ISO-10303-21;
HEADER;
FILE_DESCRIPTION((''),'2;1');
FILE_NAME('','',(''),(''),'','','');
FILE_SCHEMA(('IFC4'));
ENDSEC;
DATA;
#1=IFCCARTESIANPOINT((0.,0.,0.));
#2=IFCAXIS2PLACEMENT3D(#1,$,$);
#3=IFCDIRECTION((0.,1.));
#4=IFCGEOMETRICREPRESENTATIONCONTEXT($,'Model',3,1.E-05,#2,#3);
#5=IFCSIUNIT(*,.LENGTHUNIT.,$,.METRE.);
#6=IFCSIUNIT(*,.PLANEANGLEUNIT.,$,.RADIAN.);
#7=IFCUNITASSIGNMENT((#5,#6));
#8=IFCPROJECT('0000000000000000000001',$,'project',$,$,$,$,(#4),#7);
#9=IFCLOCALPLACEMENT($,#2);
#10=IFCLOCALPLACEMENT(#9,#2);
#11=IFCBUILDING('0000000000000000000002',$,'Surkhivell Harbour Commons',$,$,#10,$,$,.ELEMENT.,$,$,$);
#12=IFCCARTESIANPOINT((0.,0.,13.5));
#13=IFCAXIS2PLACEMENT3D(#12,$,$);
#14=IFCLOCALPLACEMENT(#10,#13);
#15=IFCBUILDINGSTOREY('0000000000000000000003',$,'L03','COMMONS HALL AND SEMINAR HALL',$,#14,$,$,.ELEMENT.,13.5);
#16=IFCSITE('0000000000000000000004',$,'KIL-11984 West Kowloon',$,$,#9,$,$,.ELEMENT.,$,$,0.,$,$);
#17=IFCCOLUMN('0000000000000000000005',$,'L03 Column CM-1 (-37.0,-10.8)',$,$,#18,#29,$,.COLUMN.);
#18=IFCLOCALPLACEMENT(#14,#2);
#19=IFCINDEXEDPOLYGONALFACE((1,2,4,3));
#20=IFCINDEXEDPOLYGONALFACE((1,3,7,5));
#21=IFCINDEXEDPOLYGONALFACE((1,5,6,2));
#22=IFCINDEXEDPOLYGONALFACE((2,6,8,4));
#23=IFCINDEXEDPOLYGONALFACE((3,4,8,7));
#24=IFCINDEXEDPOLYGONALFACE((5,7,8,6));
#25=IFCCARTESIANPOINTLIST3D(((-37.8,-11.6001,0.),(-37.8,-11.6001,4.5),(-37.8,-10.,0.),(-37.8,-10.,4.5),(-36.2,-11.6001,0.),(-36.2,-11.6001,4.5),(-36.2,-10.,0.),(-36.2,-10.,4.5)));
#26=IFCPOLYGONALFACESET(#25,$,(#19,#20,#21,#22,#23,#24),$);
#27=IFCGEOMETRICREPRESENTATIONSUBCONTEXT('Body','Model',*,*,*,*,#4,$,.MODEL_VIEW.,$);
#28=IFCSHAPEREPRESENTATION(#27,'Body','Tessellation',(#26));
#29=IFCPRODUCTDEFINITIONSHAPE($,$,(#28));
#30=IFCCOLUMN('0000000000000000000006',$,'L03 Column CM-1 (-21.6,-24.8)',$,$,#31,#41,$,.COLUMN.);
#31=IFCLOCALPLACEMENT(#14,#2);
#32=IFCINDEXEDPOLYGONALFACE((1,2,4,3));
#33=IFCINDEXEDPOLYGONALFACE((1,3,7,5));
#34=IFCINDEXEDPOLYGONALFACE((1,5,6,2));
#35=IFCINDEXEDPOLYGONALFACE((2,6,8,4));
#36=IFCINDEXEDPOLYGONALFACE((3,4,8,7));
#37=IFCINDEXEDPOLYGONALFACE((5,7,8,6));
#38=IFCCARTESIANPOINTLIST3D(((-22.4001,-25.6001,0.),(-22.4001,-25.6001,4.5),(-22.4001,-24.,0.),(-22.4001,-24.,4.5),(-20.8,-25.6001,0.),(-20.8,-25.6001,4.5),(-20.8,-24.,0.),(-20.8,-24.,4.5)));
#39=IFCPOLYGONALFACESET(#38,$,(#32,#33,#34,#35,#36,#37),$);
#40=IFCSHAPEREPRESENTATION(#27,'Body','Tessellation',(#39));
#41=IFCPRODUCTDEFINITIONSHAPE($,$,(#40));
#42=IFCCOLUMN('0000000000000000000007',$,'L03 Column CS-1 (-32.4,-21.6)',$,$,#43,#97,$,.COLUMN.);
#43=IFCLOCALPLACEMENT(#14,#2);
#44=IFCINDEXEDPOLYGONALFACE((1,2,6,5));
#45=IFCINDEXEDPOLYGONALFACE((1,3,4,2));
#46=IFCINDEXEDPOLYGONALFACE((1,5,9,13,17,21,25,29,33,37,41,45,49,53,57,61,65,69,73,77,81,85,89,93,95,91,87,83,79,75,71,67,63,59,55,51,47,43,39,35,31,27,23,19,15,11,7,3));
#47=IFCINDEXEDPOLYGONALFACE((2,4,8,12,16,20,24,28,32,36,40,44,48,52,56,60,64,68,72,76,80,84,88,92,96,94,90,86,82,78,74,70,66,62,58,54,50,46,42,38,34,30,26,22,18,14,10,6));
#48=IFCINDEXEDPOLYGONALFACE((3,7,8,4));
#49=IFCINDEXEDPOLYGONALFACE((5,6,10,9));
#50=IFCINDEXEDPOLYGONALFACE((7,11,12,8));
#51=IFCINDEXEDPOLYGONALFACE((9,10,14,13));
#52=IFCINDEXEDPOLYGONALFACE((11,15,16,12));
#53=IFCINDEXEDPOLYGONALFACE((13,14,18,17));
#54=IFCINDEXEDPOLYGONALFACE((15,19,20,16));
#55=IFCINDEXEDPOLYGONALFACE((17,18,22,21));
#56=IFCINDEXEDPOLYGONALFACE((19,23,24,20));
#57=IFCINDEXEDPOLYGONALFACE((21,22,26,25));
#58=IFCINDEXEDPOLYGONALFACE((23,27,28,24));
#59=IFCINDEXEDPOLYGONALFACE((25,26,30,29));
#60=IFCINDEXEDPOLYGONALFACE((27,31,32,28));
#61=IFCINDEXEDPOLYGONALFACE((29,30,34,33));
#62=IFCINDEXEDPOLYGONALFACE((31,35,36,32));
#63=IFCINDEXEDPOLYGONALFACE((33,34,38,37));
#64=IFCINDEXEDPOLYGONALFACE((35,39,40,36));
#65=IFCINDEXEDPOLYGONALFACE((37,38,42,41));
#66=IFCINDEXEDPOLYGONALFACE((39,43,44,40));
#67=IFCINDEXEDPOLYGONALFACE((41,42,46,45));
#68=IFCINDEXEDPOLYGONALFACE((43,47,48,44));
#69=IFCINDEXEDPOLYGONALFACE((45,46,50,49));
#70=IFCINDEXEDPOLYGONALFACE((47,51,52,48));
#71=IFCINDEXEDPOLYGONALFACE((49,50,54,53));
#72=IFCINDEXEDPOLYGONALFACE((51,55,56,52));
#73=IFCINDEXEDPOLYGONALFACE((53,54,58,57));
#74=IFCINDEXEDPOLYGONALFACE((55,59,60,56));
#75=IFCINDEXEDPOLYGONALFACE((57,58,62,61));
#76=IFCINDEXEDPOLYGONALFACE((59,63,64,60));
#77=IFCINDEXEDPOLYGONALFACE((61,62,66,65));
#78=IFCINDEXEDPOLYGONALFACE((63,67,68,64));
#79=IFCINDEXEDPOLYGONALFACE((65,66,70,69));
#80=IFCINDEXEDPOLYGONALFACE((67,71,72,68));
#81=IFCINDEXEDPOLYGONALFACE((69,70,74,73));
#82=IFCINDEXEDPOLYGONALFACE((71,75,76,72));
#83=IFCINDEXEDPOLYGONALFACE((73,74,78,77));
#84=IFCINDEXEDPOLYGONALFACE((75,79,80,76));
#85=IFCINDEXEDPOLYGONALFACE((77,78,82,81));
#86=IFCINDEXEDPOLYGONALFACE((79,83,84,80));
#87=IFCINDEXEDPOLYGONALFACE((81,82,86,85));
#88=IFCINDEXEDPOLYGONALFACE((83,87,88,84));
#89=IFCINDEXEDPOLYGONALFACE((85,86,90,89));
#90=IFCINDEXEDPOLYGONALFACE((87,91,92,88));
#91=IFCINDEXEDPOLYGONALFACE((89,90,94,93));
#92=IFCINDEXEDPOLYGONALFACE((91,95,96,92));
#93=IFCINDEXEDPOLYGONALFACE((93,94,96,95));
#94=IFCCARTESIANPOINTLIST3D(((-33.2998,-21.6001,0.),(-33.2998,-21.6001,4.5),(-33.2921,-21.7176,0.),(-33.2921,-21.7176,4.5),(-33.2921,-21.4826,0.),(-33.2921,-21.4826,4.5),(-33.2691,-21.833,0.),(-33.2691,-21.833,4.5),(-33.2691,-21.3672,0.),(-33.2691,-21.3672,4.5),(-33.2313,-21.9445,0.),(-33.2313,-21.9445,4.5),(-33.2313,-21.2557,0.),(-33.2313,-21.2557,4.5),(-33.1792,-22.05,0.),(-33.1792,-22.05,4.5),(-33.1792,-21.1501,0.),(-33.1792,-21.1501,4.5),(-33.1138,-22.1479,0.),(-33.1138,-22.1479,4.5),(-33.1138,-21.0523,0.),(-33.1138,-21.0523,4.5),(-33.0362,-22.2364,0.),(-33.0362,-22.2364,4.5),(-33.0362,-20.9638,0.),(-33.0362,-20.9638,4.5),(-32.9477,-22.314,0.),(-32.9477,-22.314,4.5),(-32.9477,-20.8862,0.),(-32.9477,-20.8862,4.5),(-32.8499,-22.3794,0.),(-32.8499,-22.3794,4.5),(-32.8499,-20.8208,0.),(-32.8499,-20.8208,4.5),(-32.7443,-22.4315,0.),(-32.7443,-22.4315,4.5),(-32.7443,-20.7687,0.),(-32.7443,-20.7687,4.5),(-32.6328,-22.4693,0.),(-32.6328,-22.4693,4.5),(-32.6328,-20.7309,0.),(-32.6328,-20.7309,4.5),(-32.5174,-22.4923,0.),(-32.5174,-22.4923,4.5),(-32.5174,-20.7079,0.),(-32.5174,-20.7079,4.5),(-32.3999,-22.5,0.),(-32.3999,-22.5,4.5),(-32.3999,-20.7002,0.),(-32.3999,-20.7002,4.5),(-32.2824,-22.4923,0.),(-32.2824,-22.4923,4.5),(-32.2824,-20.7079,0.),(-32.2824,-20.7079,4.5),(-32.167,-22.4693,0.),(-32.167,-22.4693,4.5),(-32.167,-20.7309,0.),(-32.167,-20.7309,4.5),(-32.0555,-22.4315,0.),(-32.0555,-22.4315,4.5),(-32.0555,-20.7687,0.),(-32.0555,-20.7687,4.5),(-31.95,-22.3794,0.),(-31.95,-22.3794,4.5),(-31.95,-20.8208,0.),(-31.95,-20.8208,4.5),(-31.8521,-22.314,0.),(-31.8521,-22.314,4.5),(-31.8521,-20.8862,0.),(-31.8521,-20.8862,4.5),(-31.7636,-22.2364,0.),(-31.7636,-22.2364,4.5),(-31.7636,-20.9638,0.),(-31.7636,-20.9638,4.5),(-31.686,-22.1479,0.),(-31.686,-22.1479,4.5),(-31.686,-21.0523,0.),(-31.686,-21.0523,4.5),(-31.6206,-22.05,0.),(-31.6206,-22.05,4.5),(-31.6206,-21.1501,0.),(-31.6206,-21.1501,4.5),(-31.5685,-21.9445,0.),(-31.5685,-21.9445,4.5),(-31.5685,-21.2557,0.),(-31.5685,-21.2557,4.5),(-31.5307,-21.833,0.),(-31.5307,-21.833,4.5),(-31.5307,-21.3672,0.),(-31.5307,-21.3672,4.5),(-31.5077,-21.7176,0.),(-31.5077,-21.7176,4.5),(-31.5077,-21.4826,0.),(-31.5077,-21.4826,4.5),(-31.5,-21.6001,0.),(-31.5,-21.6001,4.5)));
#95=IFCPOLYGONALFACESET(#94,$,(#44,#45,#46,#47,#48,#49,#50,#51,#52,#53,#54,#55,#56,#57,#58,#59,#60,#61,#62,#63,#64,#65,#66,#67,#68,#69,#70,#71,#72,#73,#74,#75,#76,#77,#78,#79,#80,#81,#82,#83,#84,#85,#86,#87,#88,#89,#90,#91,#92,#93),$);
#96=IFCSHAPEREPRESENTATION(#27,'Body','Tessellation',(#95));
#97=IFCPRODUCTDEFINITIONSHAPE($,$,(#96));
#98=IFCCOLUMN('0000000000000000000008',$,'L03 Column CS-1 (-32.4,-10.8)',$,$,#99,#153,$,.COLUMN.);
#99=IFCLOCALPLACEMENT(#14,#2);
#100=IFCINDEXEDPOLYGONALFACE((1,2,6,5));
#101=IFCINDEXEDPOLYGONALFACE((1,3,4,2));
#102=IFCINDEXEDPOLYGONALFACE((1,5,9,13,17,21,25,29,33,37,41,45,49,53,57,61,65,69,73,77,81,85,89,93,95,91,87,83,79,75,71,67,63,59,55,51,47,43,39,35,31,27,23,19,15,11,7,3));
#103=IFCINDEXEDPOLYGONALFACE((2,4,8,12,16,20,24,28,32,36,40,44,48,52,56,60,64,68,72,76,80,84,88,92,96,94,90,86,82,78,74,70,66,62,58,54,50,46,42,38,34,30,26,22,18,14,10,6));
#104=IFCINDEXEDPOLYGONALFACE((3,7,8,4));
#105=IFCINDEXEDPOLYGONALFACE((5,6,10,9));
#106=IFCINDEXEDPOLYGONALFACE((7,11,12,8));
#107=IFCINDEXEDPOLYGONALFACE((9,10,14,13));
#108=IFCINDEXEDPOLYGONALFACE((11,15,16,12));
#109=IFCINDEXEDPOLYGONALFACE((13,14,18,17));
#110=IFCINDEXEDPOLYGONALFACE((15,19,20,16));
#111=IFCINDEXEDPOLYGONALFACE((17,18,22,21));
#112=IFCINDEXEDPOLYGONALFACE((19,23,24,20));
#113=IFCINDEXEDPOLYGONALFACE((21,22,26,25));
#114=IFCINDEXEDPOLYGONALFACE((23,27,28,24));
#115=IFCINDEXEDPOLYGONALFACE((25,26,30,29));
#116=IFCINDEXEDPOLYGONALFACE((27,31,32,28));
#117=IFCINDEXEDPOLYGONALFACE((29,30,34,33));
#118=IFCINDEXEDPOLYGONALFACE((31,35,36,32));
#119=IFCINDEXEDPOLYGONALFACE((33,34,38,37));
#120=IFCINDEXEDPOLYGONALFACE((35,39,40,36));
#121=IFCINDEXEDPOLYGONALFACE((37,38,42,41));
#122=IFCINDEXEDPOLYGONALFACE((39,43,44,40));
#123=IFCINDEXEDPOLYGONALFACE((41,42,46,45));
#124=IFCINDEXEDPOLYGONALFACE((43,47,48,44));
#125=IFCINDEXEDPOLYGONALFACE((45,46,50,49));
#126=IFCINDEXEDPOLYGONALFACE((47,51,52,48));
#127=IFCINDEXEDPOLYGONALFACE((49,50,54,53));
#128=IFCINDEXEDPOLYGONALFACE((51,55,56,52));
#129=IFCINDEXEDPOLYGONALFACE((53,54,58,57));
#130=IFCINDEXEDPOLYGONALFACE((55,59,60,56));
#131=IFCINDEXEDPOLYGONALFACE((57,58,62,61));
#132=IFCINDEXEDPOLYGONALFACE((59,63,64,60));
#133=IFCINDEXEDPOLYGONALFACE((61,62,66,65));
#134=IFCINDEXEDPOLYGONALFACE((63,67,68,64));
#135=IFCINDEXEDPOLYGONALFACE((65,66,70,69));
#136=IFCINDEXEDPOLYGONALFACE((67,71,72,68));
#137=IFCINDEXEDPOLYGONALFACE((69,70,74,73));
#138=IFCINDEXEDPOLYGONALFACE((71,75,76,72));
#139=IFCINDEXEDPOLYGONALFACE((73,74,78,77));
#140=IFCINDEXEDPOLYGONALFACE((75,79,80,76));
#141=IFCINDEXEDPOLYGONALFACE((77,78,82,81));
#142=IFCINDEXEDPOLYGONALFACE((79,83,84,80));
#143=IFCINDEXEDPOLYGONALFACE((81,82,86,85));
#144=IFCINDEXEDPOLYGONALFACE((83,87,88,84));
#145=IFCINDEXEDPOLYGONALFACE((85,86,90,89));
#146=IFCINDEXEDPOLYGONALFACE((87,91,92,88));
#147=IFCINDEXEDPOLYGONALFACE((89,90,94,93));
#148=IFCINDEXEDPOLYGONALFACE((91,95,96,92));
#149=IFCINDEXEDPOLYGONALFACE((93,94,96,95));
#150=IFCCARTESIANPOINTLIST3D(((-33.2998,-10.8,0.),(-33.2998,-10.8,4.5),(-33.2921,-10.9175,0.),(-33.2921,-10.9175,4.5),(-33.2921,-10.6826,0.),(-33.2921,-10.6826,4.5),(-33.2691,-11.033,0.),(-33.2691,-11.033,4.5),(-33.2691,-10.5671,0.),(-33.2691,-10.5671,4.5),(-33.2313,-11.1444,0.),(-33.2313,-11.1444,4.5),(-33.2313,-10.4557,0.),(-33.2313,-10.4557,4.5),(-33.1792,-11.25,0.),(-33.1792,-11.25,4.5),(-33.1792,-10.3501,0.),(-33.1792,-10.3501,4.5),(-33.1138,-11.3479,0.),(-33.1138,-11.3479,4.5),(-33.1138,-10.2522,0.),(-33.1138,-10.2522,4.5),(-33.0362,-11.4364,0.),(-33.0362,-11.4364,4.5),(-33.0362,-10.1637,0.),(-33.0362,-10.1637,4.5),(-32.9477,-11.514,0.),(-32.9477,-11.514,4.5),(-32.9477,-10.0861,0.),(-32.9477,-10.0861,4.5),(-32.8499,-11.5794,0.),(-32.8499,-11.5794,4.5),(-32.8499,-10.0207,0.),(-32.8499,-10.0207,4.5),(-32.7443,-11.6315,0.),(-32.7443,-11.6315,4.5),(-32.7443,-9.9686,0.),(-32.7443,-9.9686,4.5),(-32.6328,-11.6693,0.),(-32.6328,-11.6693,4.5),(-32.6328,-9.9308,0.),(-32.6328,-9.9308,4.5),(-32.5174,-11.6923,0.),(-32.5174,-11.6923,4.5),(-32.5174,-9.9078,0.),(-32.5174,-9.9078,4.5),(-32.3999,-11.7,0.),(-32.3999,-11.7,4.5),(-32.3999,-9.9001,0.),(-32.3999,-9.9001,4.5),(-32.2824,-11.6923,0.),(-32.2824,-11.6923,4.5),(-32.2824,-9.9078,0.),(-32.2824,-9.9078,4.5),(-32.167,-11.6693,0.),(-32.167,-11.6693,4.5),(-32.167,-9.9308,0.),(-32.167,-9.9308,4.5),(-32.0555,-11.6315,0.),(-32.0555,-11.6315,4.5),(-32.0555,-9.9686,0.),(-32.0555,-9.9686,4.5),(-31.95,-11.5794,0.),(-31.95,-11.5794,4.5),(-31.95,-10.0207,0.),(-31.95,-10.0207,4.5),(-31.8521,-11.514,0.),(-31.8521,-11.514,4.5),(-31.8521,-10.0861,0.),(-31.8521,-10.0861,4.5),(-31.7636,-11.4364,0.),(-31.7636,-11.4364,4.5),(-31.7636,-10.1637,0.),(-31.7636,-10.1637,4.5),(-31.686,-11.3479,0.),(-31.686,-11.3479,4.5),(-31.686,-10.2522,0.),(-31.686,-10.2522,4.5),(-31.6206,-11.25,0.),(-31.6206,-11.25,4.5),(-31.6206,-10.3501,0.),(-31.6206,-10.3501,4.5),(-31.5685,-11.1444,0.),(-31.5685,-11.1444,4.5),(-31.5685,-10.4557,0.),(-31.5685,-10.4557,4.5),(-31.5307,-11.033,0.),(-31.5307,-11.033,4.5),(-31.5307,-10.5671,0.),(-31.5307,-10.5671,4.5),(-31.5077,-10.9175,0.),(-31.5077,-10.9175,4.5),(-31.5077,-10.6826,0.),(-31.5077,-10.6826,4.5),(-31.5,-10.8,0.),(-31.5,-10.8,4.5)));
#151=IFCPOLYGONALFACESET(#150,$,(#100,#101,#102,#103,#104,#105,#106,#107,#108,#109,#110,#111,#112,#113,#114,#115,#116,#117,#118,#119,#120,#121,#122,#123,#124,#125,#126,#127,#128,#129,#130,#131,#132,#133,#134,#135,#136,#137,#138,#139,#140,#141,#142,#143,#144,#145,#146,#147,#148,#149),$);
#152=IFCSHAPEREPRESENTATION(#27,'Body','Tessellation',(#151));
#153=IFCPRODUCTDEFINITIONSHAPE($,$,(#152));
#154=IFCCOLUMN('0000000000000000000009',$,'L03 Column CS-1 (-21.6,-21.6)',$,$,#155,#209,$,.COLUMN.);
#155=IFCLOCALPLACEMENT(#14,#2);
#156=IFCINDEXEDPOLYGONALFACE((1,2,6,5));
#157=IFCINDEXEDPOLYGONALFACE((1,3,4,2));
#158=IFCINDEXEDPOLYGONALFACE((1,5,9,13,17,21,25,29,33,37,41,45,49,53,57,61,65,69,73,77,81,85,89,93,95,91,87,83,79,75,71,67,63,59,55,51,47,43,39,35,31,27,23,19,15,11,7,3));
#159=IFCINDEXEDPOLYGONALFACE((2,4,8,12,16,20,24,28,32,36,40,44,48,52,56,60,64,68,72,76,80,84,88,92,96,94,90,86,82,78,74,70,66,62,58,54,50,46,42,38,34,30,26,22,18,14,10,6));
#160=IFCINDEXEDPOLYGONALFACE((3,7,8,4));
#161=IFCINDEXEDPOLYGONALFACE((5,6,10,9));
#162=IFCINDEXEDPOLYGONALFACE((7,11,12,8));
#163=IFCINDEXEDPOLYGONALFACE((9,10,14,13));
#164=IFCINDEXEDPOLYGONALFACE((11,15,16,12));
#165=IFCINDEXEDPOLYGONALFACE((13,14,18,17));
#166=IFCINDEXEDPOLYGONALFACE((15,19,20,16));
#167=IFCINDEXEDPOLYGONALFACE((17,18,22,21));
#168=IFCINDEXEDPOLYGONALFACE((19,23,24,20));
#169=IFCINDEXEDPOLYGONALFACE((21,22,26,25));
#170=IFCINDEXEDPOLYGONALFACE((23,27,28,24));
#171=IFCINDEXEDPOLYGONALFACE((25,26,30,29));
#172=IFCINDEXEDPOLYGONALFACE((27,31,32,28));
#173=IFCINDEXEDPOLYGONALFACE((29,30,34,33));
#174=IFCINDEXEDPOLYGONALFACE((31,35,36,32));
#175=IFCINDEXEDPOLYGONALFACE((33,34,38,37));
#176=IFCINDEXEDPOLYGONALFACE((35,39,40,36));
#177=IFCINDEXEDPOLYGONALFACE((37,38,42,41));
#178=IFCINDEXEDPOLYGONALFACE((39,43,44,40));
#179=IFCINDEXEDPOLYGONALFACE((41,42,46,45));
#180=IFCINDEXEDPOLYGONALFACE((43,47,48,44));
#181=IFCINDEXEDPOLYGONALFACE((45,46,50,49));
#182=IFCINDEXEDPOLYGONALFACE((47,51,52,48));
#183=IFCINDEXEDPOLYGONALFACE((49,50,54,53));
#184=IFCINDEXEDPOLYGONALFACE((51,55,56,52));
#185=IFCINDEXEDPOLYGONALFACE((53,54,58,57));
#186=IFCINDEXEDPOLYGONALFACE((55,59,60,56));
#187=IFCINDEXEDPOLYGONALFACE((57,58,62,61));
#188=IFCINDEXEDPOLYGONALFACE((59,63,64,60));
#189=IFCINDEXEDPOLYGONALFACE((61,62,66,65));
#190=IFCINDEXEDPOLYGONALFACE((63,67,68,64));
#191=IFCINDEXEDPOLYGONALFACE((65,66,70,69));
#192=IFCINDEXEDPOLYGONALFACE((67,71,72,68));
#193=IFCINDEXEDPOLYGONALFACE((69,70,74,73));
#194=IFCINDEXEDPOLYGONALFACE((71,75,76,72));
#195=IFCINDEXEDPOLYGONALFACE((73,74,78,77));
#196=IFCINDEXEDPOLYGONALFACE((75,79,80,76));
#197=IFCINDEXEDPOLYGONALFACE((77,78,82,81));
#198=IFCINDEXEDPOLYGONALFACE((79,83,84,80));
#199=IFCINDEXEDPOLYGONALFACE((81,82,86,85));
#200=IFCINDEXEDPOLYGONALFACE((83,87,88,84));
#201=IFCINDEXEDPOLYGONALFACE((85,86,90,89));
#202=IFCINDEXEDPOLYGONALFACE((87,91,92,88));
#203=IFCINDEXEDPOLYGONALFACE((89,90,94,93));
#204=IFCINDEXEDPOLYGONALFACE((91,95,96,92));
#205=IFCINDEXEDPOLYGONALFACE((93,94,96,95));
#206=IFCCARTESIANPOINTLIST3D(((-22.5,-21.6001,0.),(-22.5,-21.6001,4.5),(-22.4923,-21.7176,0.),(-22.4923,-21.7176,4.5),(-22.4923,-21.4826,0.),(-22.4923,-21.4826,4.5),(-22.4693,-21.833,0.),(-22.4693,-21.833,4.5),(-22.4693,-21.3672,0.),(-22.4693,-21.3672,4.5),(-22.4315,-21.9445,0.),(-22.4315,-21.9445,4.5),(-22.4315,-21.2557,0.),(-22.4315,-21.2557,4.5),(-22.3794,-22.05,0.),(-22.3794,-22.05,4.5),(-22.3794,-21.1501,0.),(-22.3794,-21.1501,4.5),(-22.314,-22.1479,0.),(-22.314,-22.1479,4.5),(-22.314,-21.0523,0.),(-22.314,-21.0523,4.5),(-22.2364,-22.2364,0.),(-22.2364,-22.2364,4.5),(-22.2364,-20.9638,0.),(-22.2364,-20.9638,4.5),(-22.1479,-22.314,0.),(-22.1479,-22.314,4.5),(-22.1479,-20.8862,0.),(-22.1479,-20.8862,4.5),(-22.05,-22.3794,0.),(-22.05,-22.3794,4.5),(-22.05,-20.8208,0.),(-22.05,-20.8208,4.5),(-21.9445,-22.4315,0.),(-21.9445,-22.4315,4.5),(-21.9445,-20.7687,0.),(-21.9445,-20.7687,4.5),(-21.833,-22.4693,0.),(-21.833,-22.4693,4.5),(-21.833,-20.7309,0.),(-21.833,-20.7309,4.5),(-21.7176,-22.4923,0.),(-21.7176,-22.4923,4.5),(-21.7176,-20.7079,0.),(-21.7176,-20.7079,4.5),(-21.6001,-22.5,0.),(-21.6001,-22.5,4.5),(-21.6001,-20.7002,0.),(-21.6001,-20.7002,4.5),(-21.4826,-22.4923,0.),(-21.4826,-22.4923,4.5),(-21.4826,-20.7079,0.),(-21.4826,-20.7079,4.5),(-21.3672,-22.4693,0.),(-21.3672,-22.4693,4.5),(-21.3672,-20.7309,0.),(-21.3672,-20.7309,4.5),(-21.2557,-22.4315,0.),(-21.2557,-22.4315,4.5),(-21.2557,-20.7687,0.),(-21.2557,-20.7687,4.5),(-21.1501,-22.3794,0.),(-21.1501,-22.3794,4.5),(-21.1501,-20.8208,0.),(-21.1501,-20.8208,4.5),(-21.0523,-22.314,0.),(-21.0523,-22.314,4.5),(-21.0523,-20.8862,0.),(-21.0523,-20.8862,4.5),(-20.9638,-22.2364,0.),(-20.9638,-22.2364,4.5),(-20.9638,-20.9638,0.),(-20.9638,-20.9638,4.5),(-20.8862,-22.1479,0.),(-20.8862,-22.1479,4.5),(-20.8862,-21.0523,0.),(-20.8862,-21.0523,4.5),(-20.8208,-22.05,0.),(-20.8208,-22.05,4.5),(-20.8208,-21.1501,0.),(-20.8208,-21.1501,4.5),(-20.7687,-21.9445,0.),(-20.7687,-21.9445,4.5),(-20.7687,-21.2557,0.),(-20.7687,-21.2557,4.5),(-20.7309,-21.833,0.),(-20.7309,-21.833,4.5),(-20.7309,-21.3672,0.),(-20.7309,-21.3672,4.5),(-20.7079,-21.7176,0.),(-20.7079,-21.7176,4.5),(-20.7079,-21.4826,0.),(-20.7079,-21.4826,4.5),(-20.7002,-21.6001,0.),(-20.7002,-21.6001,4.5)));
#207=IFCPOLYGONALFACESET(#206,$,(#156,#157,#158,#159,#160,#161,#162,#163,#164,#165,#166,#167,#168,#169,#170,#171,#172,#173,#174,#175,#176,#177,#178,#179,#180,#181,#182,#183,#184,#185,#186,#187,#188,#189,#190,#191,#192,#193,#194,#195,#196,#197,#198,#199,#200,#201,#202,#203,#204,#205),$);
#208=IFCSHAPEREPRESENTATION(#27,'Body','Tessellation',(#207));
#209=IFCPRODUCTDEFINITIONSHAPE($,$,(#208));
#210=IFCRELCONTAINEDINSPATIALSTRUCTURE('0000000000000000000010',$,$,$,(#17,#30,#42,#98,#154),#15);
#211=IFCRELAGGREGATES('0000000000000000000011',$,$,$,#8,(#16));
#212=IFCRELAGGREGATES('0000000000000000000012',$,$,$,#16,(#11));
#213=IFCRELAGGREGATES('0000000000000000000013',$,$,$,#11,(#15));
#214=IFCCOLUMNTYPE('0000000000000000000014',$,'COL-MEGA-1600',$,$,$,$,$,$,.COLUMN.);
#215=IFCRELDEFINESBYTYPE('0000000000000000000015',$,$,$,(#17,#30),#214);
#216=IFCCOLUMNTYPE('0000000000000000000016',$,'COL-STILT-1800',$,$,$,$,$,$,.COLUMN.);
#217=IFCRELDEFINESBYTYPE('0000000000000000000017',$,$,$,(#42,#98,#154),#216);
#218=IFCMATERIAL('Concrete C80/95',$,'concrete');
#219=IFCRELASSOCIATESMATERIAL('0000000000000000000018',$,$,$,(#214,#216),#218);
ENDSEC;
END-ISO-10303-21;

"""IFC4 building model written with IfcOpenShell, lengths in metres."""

from ifc_helpers import new_model, si_unit, direction, frame, origin, origin_2d, place, context, subcontext, project, spatial, rectangle, circle, extrude, material, material_profile, profile_set, type_object, element, save


model = new_model("IFC4")

# Units and contexts
model_context = context("Model", 3, precision=1e-05, world=origin(), true_north=direction((0.0, 1.0)))
body_context = subcontext(model_context, "Body", "Model", "MODEL_VIEW")
ifc_project = project(units=[si_unit("LENGTHUNIT", "METRE"), si_unit("PLANEANGLEUNIT", "RADIAN")], contexts=[model_context])

# Site, building, storey
site_placement = place(None, origin())
site = spatial("IfcSite", under=ifc_project, at=site_placement, Name="KIL-11984 West Kowloon", CompositionType="ELEMENT", RefElevation=0.0)
building_placement = place(site_placement, origin())
building = spatial("IfcBuilding", under=site, at=building_placement, Name="Surkhivell Harbour Commons", CompositionType="ELEMENT")
storey_placement = place(building_placement, frame((0.0, 0.0, 13.5)))
storey = spatial("IfcBuildingStorey", under=building, at=storey_placement, Name="L03", Description="COMMONS HALL AND SEMINAR HALL", CompositionType="ELEMENT", Elevation=13.5)

# Columns
ifc_material_1 = material(Name="Concrete C80/95", Category="concrete")
ifc_material_profile_1 = material_profile(ifc_material_1, rectangle(XDim=1.6001, YDim=1.6001, at=origin_2d()), Name="RC-COL-1600x1600")
ifc_profile_set_1 = profile_set([ifc_material_profile_1], Name="Concrete C80/95")
column_type_1 = type_object("IfcColumnType", Name="COL-MEGA-1600", PredefinedType="COLUMN", material=ifc_profile_set_1)
for number, where, z_axis, x_axis, name in (
    (1, (-37.0, -10.8, 0.0), (0.0, 0.0, 1.0), (1.0, 0.0, 0.0), "L03 Column CM-1 (-37.0,-10.8)"),
    (2, (-21.6001, -24.8, 0.0), (0.0, 0.0, 1.0), (1.0, 0.0, 0.0), "L03 Column CM-1 (-21.6,-24.8)"),
):
    element("IfcColumn", number, at=place(storey_placement, frame(where, z_axis=z_axis, x_axis=x_axis)), inside=storey, type_object=column_type_1, Name=name, PredefinedType="COLUMN", context=body_context, shape_type="SweptSolid", body=[
        extrude(rectangle(XDim=1.6001, YDim=1.6001, at=origin_2d()), origin(), (0.0, 0.0, 1.0), 4.5),
    ])
ifc_material_profile_2 = material_profile(ifc_material_1, circle(Radius=0.8999, at=origin_2d()), Name="RC-CIRC-1800")
ifc_profile_set_2 = profile_set([ifc_material_profile_2], Name="Concrete C80/95")
column_type_2 = type_object("IfcColumnType", Name="COL-STILT-1800", PredefinedType="COLUMN", material=ifc_profile_set_2)
for number, where, z_axis, x_axis, name in (
    (3, (-32.3999, -21.6001, 0.0), (0.0, 0.0, 1.0), (1.0, 0.0, 0.0), "L03 Column CS-1 (-32.4,-21.6)"),
    (4, (-32.3999, -10.8, 0.0), (0.0, 0.0, 1.0), (1.0, 0.0, 0.0), "L03 Column CS-1 (-32.4,-10.8)"),
    (5, (-21.6001, -21.6001, 0.0), (0.0, 0.0, 1.0), (1.0, 0.0, 0.0), "L03 Column CS-1 (-21.6,-21.6)"),
):
    element("IfcColumn", number, at=place(storey_placement, frame(where, z_axis=z_axis, x_axis=x_axis)), inside=storey, type_object=column_type_2, Name=name, PredefinedType="COLUMN", context=body_context, shape_type="SweptSolid", body=[
        extrude(circle(Radius=0.8999, at=origin_2d()), origin(), (0.0, 0.0, 1.0), 4.5),
    ])

save(model, "model.ifc")
